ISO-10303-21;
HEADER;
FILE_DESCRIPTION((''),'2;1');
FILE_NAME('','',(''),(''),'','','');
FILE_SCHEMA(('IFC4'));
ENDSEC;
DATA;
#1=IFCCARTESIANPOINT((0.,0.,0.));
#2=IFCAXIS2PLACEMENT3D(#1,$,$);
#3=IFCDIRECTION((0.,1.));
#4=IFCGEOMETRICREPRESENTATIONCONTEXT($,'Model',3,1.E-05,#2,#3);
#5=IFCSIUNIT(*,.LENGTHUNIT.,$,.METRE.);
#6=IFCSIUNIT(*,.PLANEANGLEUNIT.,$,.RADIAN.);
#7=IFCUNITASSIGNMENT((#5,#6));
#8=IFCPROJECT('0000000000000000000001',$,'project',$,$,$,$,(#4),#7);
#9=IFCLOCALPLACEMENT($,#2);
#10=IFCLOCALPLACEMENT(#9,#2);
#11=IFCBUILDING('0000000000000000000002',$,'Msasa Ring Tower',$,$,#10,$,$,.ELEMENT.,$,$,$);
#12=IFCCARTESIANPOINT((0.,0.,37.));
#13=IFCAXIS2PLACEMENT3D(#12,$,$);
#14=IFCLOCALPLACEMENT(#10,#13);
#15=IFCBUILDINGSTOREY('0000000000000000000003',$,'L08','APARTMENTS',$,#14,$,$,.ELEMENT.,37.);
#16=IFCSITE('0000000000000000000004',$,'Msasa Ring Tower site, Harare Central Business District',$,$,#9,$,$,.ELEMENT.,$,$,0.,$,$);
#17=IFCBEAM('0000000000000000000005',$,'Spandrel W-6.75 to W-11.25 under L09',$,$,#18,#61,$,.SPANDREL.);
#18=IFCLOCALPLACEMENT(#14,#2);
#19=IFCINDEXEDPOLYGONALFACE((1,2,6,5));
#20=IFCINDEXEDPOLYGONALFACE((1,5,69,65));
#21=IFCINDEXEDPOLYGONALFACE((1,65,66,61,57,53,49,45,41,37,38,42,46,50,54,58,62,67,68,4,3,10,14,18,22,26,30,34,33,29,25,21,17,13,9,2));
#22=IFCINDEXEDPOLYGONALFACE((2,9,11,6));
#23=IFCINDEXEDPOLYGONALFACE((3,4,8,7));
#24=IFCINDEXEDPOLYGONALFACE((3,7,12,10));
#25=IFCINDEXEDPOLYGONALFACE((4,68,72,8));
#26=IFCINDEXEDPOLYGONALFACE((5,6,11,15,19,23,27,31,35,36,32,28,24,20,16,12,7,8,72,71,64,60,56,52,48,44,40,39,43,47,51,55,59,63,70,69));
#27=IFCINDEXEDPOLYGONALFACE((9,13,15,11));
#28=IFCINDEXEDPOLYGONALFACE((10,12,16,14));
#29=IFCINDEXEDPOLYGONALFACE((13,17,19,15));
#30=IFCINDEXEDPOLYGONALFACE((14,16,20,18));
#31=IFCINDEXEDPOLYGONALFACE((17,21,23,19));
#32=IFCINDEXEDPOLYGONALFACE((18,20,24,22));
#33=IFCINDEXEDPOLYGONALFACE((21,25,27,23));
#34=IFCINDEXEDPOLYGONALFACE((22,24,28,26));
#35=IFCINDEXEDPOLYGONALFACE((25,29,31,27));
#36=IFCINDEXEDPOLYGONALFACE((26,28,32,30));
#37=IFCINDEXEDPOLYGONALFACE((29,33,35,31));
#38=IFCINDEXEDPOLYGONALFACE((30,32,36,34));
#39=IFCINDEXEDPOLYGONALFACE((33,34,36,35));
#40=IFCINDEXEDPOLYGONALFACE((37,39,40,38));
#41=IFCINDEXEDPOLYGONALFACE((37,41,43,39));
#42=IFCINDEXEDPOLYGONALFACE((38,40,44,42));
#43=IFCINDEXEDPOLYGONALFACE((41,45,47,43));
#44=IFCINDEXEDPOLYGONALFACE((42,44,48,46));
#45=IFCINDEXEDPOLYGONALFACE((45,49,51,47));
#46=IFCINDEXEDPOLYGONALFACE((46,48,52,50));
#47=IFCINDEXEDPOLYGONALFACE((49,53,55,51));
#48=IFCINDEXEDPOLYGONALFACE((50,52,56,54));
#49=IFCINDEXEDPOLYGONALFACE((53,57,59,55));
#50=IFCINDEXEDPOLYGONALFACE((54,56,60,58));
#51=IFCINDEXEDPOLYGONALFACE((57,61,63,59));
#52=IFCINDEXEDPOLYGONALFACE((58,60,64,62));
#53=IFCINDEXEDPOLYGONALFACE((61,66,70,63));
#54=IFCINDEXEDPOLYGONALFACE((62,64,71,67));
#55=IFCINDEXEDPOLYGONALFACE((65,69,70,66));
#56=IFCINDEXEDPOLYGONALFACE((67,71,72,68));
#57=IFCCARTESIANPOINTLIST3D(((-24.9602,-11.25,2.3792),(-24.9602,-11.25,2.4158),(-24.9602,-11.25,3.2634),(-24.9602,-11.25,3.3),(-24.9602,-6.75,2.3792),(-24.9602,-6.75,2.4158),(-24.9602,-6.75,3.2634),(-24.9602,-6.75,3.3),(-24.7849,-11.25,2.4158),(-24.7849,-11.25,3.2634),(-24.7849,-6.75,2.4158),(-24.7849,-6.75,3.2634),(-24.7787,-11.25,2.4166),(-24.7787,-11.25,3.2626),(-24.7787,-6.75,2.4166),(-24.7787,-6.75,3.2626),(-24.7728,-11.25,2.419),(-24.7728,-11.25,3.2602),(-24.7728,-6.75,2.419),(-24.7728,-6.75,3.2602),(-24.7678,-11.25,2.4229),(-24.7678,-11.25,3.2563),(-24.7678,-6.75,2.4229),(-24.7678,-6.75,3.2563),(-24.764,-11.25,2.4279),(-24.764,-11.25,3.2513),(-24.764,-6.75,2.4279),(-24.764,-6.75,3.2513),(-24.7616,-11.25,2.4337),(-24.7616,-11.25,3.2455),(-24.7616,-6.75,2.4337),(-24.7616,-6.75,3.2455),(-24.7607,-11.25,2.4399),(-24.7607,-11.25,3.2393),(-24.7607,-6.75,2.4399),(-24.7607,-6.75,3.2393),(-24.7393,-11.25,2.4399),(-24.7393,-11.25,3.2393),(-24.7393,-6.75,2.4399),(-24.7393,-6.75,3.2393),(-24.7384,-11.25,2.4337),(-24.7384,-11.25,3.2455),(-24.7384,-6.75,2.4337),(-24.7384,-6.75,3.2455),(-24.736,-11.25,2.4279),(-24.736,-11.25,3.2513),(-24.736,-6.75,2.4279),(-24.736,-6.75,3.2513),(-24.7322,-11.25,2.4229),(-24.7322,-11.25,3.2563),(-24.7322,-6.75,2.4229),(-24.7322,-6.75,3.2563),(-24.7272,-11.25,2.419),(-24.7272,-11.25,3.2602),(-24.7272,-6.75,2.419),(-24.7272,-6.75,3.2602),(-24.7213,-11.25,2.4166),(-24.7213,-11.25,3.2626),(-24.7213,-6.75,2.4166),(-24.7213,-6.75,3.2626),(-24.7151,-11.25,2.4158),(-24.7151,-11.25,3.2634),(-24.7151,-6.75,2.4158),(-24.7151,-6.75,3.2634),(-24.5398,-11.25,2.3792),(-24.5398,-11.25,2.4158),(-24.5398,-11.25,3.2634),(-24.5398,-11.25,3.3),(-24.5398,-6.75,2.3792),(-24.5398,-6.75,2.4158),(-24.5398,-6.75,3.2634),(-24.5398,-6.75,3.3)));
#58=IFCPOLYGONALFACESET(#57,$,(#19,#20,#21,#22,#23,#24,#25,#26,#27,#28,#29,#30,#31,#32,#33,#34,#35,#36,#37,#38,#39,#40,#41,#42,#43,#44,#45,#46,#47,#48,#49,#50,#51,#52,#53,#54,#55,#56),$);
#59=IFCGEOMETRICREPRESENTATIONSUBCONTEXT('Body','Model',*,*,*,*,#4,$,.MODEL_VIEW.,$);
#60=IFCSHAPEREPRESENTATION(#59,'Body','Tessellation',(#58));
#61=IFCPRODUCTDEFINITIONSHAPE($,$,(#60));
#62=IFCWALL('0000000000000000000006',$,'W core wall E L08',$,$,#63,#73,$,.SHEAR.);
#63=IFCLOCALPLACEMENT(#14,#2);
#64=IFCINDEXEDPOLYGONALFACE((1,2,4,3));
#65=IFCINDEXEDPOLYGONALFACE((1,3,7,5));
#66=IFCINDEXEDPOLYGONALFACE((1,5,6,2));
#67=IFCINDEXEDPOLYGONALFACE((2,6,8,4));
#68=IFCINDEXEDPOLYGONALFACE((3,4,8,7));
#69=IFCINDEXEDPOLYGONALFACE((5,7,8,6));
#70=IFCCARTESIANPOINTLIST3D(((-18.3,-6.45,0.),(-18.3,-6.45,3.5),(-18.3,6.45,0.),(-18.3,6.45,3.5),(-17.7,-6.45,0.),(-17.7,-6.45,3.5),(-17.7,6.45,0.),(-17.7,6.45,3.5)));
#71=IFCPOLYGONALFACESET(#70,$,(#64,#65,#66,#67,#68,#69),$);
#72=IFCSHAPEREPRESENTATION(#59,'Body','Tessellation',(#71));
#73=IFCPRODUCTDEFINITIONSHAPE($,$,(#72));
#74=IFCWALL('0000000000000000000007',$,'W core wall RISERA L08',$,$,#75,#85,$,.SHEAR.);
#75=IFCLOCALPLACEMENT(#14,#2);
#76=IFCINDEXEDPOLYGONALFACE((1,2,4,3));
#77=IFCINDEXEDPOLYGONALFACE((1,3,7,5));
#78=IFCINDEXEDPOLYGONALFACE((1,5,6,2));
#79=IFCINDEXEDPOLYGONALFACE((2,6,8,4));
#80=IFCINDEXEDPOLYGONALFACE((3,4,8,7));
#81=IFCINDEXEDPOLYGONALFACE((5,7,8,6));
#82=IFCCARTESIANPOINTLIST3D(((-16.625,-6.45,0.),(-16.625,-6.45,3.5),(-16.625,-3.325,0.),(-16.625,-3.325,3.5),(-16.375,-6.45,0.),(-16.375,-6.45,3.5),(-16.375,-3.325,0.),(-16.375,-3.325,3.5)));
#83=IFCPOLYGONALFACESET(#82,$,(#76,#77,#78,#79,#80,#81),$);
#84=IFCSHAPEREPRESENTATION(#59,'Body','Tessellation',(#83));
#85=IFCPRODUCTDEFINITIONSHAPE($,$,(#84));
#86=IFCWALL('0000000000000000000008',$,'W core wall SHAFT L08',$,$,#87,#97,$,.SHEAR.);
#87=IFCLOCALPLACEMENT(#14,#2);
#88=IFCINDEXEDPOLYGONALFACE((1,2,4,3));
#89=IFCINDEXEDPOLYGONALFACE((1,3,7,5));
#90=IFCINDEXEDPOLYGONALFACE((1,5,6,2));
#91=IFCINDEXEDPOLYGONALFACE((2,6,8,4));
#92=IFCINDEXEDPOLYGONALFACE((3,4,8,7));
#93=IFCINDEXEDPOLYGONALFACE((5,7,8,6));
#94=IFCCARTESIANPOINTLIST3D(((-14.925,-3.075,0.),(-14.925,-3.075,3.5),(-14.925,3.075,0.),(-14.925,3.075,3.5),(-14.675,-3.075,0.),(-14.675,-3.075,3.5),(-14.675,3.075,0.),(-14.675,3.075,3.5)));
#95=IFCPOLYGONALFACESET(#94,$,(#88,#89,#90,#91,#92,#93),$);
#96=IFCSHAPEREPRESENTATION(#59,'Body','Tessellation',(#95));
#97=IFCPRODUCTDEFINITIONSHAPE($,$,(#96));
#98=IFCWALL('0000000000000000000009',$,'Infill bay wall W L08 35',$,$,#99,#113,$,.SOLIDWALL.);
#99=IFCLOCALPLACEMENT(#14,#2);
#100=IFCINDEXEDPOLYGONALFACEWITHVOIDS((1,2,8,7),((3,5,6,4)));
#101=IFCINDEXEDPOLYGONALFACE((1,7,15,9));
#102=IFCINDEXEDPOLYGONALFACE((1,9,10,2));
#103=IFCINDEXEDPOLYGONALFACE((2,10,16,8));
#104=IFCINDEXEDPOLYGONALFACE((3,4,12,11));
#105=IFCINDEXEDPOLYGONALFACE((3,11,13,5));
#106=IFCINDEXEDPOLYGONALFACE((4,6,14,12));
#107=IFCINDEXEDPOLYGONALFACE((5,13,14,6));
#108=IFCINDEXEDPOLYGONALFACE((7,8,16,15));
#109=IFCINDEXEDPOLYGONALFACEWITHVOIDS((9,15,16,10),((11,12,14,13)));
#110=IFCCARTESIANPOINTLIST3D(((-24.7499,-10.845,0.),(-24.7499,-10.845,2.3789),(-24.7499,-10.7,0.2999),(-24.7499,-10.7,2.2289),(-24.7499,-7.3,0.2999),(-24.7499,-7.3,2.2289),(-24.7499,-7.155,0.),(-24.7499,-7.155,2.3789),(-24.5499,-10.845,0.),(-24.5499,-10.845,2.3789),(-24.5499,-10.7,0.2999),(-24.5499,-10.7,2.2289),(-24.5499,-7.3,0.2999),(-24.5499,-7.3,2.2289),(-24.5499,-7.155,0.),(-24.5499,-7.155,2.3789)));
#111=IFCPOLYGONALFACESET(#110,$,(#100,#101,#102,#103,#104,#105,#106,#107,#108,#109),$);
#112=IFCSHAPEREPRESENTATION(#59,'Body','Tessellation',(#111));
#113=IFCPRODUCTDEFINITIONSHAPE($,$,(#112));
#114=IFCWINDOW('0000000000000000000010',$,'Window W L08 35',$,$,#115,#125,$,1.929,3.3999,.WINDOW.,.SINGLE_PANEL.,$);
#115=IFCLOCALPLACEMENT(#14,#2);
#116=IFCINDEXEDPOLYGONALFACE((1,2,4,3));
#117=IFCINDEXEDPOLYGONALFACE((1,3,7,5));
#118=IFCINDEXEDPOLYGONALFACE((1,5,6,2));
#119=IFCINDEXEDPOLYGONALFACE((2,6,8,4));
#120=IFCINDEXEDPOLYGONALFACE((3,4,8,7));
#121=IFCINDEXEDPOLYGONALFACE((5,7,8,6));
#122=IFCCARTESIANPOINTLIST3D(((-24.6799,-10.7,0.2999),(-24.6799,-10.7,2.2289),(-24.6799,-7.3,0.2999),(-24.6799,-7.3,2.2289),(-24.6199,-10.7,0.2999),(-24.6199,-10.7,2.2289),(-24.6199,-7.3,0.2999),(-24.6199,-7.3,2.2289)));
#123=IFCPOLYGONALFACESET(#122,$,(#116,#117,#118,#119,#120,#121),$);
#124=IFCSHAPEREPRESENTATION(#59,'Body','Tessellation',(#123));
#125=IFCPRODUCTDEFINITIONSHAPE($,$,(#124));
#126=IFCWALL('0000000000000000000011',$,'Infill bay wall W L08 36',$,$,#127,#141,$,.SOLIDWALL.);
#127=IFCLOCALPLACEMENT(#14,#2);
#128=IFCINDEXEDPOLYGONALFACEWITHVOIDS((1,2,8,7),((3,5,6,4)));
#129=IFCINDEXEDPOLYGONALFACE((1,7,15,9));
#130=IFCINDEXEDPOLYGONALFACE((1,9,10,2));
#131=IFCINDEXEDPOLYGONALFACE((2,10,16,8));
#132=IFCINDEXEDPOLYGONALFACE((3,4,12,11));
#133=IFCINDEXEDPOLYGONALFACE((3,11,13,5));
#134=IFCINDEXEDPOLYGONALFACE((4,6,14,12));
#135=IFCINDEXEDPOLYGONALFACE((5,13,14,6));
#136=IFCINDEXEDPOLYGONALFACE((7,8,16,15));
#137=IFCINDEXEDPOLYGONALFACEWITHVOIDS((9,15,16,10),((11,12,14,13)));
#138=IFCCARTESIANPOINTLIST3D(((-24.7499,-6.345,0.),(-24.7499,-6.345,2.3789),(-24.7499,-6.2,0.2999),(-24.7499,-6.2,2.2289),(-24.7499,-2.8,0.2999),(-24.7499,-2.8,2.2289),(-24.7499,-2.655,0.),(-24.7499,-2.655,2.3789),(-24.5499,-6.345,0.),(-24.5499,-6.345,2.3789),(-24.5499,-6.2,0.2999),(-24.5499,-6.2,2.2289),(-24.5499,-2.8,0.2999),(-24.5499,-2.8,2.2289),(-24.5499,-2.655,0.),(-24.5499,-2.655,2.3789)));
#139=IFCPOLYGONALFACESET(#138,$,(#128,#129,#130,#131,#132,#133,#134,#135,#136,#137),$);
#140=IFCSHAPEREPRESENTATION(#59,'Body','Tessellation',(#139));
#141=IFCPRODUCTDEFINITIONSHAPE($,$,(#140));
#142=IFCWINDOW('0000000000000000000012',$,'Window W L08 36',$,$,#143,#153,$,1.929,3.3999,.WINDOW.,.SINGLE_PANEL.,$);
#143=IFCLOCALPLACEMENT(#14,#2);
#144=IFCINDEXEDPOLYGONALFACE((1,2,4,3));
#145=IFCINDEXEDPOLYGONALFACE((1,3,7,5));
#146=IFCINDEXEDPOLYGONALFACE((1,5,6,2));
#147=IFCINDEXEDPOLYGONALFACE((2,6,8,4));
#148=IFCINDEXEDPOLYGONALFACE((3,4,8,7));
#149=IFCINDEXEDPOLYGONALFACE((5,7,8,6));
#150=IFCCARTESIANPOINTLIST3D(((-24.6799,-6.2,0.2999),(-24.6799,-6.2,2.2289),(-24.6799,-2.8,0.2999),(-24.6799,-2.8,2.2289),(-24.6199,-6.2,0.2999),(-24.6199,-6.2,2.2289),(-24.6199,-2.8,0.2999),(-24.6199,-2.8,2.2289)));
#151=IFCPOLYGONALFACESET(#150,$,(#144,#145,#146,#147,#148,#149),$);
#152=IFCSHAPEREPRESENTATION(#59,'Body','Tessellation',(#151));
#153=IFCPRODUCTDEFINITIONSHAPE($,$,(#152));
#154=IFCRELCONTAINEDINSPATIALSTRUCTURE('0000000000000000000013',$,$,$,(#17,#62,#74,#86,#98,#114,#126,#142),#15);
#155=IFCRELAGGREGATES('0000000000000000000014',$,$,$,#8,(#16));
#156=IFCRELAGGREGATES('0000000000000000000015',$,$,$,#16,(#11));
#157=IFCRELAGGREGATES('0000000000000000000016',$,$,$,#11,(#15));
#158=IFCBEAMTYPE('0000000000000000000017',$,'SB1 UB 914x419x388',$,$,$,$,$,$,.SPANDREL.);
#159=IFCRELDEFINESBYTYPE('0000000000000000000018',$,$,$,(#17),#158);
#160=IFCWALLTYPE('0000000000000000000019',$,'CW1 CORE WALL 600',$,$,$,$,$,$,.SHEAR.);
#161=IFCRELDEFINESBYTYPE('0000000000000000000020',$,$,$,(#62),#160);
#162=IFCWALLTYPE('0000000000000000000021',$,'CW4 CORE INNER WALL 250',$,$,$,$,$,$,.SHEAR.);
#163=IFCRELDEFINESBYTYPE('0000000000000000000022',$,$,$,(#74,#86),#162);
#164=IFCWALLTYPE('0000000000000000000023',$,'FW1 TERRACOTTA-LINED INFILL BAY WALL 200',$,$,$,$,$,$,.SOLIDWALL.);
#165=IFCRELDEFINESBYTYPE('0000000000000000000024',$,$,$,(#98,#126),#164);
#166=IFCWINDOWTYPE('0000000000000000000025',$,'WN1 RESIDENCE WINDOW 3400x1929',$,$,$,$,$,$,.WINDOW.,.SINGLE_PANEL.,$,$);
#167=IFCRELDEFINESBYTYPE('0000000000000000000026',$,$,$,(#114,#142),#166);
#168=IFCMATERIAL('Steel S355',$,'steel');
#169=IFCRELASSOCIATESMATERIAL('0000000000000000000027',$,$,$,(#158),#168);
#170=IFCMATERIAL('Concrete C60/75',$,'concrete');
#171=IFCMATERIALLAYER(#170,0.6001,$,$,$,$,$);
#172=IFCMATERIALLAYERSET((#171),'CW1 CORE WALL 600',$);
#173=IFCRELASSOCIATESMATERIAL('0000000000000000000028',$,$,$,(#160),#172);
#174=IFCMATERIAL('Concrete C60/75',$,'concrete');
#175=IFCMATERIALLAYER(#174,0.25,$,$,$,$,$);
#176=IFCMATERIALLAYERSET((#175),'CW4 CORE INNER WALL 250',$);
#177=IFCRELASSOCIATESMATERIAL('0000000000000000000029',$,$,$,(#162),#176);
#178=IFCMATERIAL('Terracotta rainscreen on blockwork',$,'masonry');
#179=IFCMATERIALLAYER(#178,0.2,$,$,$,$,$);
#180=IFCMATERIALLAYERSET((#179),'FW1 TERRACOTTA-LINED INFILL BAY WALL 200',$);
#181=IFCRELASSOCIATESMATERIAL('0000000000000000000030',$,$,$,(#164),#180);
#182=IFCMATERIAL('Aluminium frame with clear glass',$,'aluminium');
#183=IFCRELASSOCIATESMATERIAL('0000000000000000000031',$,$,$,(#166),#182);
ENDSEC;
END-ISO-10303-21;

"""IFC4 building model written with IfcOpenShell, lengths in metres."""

from ifc_helpers import new_model, si_unit, direction, frame, frame_2d, origin, origin_2d, place, context, subcontext, project, spatial, rectangle, i_section, extrude, material, layer, layer_set, material_profile, profile_set, type_object, element, fill, save


model = new_model("IFC4")

# Units and contexts
model_context = context("Model", 3, precision=1e-05, world=origin(), true_north=direction((0.0, 1.0)))
body_context = subcontext(model_context, "Body", "Model", "MODEL_VIEW")
ifc_project = project(units=[si_unit("LENGTHUNIT", "METRE"), si_unit("PLANEANGLEUNIT", "RADIAN")], contexts=[model_context])

# Site, building, storey
site_placement = place(None, origin())
site = spatial("IfcSite", under=ifc_project, at=site_placement, Name="Msasa Ring Tower site, Harare Central Business District", CompositionType="ELEMENT", RefElevation=0.0)
building_placement = place(site_placement, origin())
building = spatial("IfcBuilding", under=site, at=building_placement, Name="Msasa Ring Tower", CompositionType="ELEMENT")
storey_placement = place(building_placement, frame((0.0, 0.0, 37.0)))
storey = spatial("IfcBuildingStorey", under=building, at=storey_placement, Name="L08", Description="APARTMENTS", CompositionType="ELEMENT", Elevation=37.0)

# Beam
ifc_material_1 = material(Name="Steel S355", Category="steel")
ifc_material_profile_1 = material_profile(ifc_material_1, i_section(OverallWidth=0.4204, OverallDepth=0.9209, WebThickness=0.0215, FlangeThickness=0.0366, FilletRadius=0.0242, at=origin_2d()), Name="UB 914x419x388")
ifc_profile_set_1 = profile_set([ifc_material_profile_1], Name="Steel S355")
beam_type_1 = type_object("IfcBeamType", Name="SB1 UB 914x419x388", PredefinedType="SPANDREL", material=ifc_profile_set_1)
for number, where, z_axis, x_axis, name in (
    (1, (-24.75, -6.75, 2.8396), (0.0, -1.0, 0.0), (1.0, 0.0, 0.0), "Spandrel W-6.75 to W-11.25 under L09"),
):
    element("IfcBeam", number, at=place(storey_placement, frame(where, z_axis=z_axis, x_axis=x_axis)), inside=storey, type_object=beam_type_1, Name=name, PredefinedType="SPANDREL", context=body_context, shape_type="SweptSolid", body=[
        extrude(i_section(OverallWidth=0.4204, OverallDepth=0.9209, WebThickness=0.0215, FlangeThickness=0.0366, FilletRadius=0.0242, at=origin_2d()), origin(), (0.0, 0.0, 1.0), 4.5),
    ])

# Walls
ifc_material_2 = material(Name="Concrete C60/75", Category="concrete")
ifc_layer_1 = layer(ifc_material_2, 0.6001)
ifc_layer_set_1 = layer_set([ifc_layer_1], Name="CW1 CORE WALL 600")
wall_type_1 = type_object("IfcWallType", Name="CW1 CORE WALL 600", PredefinedType="SHEAR", material=ifc_layer_set_1)
wall_1_placement = place(storey_placement, frame((-18.0, -6.45, 0.0), z_axis=(0.0, 0.0, 1.0), x_axis=(0.0, 1.0, 0.0)))
element("IfcWall", 2, at=wall_1_placement, inside=storey, type_object=wall_type_1, Name="W core wall E L08", PredefinedType="SHEAR", context=body_context, shape_type="SweptSolid", body=[
    extrude(rectangle(XDim=12.8999, YDim=0.6001, at=frame_2d((6.45, 0.0))), origin(), (0.0, 0.0, 1.0), 3.5),
])
ifc_material_3 = material(Name="Concrete C60/75", Category="concrete")
ifc_layer_2 = layer(ifc_material_3, 0.25)
ifc_layer_set_2 = layer_set([ifc_layer_2], Name="CW4 CORE INNER WALL 250")
wall_type_2 = type_object("IfcWallType", Name="CW4 CORE INNER WALL 250", PredefinedType="SHEAR", material=ifc_layer_set_2)
wall_2_placement = place(storey_placement, frame((-16.5, -6.45, 0.0), z_axis=(0.0, 0.0, 1.0), x_axis=(0.0, 1.0, 0.0)))
element("IfcWall", 3, at=wall_2_placement, inside=storey, type_object=wall_type_2, Name="W core wall RISERA L08", PredefinedType="SHEAR", context=body_context, shape_type="SweptSolid", body=[
    extrude(rectangle(XDim=3.125, YDim=0.25, at=frame_2d((1.5625, 0.0))), origin(), (0.0, 0.0, 1.0), 3.5),
])
wall_3_placement = place(storey_placement, frame((-14.8, -3.075, 0.0), z_axis=(0.0, 0.0, 1.0), x_axis=(0.0, 1.0, 0.0)))
element("IfcWall", 4, at=wall_3_placement, inside=storey, type_object=wall_type_2, Name="W core wall SHAFT L08", PredefinedType="SHEAR", context=body_context, shape_type="SweptSolid", body=[
    extrude(rectangle(XDim=6.1499, YDim=0.25, at=frame_2d((3.075, 0.0))), origin(), (0.0, 0.0, 1.0), 3.5),
])

# Walls, openings, windows
ifc_material_4 = material(Name="Terracotta rainscreen on blockwork", Category="masonry")
ifc_layer_3 = layer(ifc_material_4, 0.2)
ifc_layer_set_3 = layer_set([ifc_layer_3], Name="FW1 TERRACOTTA-LINED INFILL BAY WALL 200")
wall_type_3 = type_object("IfcWallType", Name="FW1 TERRACOTTA-LINED INFILL BAY WALL 200", PredefinedType="SOLIDWALL", material=ifc_layer_set_3)
wall_4_placement = place(storey_placement, frame((-24.6499, -10.845, 0.0), z_axis=(0.0, 0.0, 1.0), x_axis=(0.0, 1.0, 0.0)))
wall_4 = element("IfcWall", 5, at=wall_4_placement, inside=storey, type_object=wall_type_3, Name="Infill bay wall W L08 35", PredefinedType="SOLIDWALL", context=body_context, shape_type="SweptSolid", body=[
    extrude(rectangle(XDim=3.6899, YDim=0.2, at=frame_2d((1.845, 0.0))), origin(), (0.0, 0.0, 1.0), 2.3789),
])
opening_1_placement = place(wall_4_placement, frame((0.145, 0.0, 0.3)))
opening_1 = element("IfcOpeningElement", 6, at=opening_1_placement, cuts=wall_4, PredefinedType="OPENING", context=body_context, shape_type="SweptSolid", body=[
    extrude(rectangle(XDim=3.3999, YDim=1.929, at=frame_2d((1.7, 0.9644))), frame((0.0, 0.1099, 0.0), z_axis=(0.0, -1.0, 0.0), x_axis=(1.0, 0.0, 0.0)), (0.0, 0.0, 1.0), 0.22),
])
ifc_material_5 = material(Name="Aluminium frame with clear glass", Category="aluminium")
window_type = type_object("IfcWindowType", Name="WN1 RESIDENCE WINDOW 3400x1929", PartitioningType="SINGLE_PANEL", PredefinedType="WINDOW", material=ifc_material_5)
window_1_placement = place(opening_1_placement, origin())
window_1 = element("IfcWindow", 7, at=window_1_placement, inside=storey, type_object=window_type, Name="Window W L08 35", OverallHeight=1.929, OverallWidth=3.3999, PartitioningType="SINGLE_PANEL", PredefinedType="WINDOW", context=body_context, shape_type="SweptSolid", body=[
    extrude(rectangle(XDim=3.3999, YDim=1.929, at=frame_2d((1.7, 0.9644))), frame((0.0, 0.03, 0.0), z_axis=(0.0, -1.0, 0.0), x_axis=(1.0, 0.0, 0.0)), (0.0, 0.0, 1.0), 0.0601),
])
fill(opening_1, window_1)
wall_5_placement = place(storey_placement, frame((-24.6499, -6.345, 0.0), z_axis=(0.0, 0.0, 1.0), x_axis=(0.0, 1.0, 0.0)))
wall_5 = element("IfcWall", 8, at=wall_5_placement, inside=storey, type_object=wall_type_3, Name="Infill bay wall W L08 36", PredefinedType="SOLIDWALL", context=body_context, shape_type="SweptSolid", body=[
    extrude(rectangle(XDim=3.6899, YDim=0.2, at=frame_2d((1.845, 0.0))), origin(), (0.0, 0.0, 1.0), 2.3789),
])
opening_2_placement = place(wall_5_placement, frame((0.145, 0.0, 0.3)))
opening_2 = element("IfcOpeningElement", 9, at=opening_2_placement, cuts=wall_5, PredefinedType="OPENING", context=body_context, shape_type="SweptSolid", body=[
    extrude(rectangle(XDim=3.3999, YDim=1.929, at=frame_2d((1.7, 0.9644))), frame((0.0, 0.1099, 0.0), z_axis=(0.0, -1.0, 0.0), x_axis=(1.0, 0.0, 0.0)), (0.0, 0.0, 1.0), 0.22),
])
window_2_placement = place(opening_2_placement, origin())
window_2 = element("IfcWindow", 10, at=window_2_placement, inside=storey, type_object=window_type, Name="Window W L08 36", OverallHeight=1.929, OverallWidth=3.3999, PartitioningType="SINGLE_PANEL", PredefinedType="WINDOW", context=body_context, shape_type="SweptSolid", body=[
    extrude(rectangle(XDim=3.3999, YDim=1.929, at=frame_2d((1.7, 0.9644))), frame((0.0, 0.03, 0.0), z_axis=(0.0, -1.0, 0.0), x_axis=(1.0, 0.0, 0.0)), (0.0, 0.0, 1.0), 0.0601),
])
fill(opening_2, window_2)

save(model, "model.ifc")
